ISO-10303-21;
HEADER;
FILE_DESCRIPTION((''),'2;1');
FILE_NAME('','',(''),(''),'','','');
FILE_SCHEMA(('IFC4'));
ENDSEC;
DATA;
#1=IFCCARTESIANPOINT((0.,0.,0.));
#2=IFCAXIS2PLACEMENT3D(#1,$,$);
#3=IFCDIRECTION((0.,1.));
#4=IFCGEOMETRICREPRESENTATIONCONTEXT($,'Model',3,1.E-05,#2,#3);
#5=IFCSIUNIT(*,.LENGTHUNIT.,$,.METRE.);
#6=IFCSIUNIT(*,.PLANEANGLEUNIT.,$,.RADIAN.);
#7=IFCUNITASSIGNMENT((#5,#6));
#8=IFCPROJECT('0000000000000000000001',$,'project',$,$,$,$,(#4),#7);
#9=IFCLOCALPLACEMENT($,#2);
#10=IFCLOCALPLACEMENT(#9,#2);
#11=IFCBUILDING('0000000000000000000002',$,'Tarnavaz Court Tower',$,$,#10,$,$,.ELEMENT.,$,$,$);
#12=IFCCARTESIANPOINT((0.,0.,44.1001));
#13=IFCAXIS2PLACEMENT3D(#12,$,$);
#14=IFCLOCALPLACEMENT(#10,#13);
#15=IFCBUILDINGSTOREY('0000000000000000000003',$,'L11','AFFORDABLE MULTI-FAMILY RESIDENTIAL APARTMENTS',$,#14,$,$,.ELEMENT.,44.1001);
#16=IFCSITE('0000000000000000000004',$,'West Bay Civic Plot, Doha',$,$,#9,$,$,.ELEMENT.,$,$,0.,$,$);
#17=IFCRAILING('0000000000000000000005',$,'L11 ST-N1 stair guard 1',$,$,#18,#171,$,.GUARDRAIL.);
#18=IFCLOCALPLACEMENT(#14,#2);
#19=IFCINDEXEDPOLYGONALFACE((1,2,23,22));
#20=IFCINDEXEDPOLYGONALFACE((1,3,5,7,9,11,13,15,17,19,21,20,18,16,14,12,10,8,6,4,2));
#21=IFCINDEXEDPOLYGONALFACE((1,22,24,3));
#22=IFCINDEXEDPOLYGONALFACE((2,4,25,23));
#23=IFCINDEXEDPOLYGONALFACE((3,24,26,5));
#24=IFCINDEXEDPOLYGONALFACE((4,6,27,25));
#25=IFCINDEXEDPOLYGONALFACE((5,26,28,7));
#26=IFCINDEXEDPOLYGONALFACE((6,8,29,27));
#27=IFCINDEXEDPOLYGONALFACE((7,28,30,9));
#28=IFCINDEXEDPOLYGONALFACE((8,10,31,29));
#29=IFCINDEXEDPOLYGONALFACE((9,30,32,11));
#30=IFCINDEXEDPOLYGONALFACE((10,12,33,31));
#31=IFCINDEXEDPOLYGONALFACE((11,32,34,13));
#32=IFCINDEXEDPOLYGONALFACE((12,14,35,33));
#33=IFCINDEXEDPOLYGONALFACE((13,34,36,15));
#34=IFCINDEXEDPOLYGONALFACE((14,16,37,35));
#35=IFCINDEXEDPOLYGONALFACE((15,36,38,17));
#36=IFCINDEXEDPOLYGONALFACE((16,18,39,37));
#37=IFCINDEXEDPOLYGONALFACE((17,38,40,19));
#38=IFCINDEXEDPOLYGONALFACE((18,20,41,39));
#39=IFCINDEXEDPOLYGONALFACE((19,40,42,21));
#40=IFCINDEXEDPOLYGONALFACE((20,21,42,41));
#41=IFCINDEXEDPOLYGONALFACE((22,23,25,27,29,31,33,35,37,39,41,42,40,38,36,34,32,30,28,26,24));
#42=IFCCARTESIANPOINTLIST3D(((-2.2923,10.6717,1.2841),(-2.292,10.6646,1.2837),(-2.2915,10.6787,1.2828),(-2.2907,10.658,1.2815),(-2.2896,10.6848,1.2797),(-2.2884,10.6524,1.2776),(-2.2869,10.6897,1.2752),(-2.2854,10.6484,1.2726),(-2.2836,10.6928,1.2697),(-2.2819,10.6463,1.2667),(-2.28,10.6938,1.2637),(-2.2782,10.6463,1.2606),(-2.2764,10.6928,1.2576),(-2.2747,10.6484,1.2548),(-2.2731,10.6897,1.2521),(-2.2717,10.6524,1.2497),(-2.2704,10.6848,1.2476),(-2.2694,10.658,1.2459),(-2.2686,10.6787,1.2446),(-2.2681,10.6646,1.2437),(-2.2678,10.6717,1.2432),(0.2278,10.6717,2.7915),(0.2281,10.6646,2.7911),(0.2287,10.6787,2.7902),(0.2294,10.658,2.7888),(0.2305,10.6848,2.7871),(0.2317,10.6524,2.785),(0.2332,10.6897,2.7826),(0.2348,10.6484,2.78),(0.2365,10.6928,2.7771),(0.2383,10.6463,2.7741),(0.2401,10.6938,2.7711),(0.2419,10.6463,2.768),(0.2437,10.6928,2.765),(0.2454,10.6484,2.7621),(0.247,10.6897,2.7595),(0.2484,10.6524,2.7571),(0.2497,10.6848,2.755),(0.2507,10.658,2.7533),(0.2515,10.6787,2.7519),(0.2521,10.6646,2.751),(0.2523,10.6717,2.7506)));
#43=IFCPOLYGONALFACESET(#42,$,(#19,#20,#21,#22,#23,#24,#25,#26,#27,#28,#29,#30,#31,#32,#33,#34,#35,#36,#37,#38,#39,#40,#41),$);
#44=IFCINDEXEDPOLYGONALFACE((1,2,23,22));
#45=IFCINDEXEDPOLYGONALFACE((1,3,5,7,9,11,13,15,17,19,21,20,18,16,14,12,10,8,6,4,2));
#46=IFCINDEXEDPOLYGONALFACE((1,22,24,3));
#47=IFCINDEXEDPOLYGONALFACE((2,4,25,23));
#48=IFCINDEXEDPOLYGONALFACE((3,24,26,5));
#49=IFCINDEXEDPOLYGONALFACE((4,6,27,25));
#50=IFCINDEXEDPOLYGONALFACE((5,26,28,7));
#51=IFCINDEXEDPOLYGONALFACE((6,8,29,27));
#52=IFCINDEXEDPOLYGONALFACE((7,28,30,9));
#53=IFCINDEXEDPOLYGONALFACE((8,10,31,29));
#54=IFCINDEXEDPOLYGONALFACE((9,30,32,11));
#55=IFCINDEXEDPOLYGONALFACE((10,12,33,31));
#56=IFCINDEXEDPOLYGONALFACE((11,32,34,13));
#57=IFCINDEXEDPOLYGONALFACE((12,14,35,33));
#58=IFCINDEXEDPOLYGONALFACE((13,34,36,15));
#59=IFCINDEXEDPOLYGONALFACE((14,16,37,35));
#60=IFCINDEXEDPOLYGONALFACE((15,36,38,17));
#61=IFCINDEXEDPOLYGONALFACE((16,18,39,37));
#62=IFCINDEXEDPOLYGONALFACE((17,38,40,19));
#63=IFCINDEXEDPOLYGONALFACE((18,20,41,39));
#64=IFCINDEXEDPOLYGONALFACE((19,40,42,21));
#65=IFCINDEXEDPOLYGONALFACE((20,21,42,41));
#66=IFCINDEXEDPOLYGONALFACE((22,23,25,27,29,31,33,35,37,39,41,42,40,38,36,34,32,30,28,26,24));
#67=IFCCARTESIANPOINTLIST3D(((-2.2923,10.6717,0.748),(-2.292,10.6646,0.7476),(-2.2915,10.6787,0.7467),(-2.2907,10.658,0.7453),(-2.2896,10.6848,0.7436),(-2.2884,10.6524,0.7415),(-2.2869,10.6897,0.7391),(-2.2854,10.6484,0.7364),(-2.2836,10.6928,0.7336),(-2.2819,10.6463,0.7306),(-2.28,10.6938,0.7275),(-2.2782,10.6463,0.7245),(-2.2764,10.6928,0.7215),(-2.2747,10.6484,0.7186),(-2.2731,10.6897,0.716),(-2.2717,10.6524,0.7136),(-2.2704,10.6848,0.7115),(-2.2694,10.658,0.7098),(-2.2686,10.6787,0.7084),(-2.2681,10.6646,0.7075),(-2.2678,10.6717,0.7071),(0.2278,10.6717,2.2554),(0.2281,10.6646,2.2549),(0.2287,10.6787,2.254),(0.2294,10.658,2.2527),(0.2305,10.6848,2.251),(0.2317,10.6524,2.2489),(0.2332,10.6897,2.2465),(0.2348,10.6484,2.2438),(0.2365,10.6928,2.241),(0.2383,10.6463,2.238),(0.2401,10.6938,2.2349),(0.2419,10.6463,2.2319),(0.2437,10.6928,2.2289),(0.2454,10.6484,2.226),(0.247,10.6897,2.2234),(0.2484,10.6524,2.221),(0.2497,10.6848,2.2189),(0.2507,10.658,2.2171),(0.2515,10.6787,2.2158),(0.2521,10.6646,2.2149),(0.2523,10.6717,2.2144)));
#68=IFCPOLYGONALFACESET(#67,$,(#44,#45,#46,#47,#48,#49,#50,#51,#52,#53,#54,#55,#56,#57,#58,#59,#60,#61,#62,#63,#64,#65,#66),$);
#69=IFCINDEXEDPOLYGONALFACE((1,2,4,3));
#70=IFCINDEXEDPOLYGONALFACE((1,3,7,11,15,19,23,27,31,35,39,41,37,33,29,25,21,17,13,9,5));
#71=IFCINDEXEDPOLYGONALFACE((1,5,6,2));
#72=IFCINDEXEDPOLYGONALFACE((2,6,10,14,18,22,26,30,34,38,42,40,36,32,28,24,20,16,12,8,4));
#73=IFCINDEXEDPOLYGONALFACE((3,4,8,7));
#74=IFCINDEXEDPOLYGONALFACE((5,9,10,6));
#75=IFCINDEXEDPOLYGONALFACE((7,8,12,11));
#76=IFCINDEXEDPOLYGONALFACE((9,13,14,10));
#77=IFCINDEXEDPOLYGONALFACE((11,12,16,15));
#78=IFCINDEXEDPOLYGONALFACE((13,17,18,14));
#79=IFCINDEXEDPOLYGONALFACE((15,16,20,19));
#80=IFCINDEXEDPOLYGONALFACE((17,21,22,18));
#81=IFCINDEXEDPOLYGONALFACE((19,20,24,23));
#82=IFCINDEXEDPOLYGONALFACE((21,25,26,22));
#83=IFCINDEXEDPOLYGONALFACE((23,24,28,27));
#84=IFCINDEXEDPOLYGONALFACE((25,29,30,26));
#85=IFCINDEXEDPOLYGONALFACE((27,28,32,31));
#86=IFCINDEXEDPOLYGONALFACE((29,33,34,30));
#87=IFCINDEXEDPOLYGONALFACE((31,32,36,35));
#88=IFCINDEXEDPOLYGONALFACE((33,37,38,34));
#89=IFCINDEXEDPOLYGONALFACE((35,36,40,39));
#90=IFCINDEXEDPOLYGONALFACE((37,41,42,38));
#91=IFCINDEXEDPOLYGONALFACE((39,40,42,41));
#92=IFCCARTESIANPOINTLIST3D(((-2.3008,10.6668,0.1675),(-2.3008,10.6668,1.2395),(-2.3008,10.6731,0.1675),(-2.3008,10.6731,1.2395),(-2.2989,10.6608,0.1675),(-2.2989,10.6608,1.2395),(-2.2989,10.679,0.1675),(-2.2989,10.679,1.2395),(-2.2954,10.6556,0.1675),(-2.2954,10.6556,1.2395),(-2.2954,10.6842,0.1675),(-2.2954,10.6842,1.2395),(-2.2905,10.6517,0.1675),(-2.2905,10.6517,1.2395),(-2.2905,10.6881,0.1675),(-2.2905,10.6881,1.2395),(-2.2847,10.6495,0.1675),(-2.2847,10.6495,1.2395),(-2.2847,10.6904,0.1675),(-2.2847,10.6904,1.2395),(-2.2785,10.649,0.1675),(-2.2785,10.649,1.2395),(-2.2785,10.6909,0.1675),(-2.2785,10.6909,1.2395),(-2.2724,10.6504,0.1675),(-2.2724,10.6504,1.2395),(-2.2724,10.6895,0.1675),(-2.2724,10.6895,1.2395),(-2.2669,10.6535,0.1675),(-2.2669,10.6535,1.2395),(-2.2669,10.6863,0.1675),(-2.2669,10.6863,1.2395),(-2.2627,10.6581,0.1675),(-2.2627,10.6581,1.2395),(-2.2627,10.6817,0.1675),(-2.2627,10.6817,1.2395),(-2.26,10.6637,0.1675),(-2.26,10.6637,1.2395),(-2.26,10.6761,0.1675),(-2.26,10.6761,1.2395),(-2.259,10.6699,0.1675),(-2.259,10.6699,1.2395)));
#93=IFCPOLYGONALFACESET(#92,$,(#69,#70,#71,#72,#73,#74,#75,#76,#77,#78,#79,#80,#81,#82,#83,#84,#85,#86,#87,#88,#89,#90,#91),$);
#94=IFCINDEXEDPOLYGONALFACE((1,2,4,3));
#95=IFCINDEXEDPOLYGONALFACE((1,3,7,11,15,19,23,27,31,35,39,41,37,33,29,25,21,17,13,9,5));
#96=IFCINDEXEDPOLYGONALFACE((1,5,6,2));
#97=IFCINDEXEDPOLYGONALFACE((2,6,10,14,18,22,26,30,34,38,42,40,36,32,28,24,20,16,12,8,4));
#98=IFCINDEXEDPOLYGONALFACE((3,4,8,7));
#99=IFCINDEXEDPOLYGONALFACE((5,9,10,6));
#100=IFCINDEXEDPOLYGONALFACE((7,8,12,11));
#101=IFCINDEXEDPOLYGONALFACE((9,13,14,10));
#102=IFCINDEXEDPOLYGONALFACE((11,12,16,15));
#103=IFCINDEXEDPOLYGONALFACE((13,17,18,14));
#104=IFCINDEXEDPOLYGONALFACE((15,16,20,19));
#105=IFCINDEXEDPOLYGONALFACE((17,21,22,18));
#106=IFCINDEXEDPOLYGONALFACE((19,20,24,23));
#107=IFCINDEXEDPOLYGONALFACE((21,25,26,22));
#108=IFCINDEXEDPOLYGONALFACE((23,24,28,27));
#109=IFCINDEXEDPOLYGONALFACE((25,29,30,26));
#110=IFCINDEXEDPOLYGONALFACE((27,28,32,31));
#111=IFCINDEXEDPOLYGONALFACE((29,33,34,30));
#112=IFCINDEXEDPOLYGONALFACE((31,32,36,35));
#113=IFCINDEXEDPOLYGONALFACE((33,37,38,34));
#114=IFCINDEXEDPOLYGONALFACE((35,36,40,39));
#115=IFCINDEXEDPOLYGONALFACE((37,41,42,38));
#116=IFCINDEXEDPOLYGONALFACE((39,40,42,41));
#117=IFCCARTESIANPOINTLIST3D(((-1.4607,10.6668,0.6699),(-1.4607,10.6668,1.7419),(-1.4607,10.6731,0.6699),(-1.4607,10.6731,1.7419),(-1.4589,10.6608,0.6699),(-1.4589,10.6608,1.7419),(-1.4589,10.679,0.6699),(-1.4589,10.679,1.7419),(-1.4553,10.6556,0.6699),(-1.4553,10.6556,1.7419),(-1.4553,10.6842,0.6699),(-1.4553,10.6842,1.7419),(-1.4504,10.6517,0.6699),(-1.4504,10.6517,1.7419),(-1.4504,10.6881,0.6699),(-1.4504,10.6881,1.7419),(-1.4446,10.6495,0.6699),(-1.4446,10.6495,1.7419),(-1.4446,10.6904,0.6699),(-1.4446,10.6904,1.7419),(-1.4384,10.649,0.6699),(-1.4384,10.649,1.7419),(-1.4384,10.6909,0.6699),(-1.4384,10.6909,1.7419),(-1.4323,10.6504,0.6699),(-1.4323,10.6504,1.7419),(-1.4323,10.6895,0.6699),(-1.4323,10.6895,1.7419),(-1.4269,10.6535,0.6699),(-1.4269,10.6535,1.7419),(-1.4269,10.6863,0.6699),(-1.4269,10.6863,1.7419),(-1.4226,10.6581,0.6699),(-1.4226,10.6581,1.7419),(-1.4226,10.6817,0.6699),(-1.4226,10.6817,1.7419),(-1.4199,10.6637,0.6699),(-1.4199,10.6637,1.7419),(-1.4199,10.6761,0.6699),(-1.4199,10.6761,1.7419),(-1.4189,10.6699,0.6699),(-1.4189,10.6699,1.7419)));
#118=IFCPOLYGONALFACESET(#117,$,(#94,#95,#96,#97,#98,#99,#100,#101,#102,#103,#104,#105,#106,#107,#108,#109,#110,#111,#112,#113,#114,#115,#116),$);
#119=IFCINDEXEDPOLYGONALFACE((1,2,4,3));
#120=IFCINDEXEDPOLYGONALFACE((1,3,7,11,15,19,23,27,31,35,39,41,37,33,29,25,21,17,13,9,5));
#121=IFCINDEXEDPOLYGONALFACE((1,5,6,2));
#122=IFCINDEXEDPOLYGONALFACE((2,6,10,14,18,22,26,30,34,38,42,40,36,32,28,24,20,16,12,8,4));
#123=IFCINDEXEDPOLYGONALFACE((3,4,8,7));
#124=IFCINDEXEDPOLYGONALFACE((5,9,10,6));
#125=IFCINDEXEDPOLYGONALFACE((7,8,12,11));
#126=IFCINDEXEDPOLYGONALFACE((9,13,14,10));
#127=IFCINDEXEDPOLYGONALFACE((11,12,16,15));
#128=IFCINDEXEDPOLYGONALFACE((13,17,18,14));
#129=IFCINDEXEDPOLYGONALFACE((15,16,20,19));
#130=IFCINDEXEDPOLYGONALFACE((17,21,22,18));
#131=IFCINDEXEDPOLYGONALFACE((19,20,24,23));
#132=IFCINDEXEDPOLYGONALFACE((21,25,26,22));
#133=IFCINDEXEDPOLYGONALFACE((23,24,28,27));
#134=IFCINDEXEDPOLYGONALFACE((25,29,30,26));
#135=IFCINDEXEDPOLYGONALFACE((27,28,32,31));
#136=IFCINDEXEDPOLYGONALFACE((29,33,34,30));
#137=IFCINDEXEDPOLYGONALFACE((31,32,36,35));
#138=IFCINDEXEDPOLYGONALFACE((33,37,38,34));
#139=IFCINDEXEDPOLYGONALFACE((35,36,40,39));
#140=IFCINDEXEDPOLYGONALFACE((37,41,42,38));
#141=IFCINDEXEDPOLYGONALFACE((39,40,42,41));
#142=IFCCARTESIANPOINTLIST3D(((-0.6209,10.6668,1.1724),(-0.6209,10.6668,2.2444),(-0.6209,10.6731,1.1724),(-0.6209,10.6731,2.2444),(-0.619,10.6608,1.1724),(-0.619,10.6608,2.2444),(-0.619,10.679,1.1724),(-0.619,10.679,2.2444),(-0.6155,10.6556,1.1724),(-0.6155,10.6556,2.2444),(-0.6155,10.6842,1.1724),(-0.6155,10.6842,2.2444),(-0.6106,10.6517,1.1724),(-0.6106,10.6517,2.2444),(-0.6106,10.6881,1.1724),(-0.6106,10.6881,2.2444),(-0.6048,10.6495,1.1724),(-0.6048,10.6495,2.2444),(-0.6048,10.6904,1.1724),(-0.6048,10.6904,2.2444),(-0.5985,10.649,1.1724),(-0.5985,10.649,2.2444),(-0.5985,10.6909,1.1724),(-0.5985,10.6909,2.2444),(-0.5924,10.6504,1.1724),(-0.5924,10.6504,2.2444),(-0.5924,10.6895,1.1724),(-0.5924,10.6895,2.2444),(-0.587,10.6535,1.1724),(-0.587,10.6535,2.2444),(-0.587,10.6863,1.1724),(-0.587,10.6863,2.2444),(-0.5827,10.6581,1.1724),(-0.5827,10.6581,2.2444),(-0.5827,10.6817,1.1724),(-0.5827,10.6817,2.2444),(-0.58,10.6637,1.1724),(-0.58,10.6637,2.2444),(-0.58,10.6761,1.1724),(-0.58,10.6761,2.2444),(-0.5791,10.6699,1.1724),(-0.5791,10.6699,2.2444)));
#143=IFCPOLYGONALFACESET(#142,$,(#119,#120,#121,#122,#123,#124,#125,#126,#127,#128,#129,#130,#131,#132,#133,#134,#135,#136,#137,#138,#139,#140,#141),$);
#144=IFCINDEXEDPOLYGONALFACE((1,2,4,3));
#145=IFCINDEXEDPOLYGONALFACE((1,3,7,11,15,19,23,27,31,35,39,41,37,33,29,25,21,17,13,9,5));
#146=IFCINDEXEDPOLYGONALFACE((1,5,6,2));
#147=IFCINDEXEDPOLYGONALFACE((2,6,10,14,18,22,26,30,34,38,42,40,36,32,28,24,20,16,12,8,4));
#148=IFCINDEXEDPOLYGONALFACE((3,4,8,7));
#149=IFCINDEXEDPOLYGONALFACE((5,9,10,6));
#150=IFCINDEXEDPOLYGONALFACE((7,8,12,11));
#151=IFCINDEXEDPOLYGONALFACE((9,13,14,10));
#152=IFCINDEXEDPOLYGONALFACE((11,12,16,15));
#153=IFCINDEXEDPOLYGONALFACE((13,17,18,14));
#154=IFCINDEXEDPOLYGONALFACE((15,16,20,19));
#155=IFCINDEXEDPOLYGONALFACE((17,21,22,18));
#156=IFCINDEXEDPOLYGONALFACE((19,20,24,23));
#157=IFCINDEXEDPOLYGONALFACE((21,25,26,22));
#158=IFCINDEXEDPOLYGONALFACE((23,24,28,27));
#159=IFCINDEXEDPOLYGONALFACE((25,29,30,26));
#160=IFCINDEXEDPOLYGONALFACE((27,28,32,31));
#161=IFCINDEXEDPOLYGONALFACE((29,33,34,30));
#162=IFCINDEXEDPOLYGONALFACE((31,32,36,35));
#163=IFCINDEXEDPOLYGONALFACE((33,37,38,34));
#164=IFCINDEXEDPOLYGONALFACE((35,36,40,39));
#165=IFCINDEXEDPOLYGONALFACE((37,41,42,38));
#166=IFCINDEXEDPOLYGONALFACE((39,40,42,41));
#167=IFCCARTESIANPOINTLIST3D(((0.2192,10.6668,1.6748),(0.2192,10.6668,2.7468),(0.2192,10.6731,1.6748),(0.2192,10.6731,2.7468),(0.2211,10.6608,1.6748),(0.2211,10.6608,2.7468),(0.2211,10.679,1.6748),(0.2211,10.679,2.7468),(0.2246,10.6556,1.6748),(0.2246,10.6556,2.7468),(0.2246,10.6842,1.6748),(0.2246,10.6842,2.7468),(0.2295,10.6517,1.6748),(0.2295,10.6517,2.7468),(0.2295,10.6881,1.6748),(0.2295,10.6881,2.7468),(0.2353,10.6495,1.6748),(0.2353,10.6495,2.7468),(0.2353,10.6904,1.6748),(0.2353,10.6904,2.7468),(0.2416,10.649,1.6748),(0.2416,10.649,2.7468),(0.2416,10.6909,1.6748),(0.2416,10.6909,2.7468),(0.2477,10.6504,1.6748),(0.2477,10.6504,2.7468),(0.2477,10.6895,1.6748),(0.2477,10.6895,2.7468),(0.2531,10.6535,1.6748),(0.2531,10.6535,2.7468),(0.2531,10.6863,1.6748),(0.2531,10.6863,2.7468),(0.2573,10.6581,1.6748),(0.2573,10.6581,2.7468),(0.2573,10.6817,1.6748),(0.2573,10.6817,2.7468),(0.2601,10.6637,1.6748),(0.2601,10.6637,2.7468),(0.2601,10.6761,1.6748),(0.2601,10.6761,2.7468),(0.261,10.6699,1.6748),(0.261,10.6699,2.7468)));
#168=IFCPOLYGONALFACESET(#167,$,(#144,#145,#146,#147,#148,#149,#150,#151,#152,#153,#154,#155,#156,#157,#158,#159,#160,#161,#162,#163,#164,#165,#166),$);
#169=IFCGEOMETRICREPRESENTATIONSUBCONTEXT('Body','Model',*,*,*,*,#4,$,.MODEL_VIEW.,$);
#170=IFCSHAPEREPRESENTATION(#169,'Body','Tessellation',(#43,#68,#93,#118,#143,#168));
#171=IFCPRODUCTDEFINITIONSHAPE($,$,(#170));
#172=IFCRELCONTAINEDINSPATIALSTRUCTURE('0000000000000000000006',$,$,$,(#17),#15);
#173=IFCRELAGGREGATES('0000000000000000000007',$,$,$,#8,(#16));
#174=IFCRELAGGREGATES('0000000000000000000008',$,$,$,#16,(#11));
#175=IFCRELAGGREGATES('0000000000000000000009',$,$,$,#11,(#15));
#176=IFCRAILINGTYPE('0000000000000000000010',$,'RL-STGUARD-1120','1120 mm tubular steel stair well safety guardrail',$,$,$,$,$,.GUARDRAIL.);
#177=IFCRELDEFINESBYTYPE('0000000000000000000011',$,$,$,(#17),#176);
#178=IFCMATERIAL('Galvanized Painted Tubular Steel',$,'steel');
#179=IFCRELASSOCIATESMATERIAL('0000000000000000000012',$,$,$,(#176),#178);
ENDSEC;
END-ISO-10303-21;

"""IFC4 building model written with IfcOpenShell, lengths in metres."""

from ifc_helpers import new_model, si_unit, direction, frame, origin, origin_2d, place, context, subcontext, project, spatial, circle, extrude, material, type_object, element, save


model = new_model("IFC4")

# Units and contexts
model_context = context("Model", 3, precision=1e-05, world=origin(), true_north=direction((0.0, 1.0)))
body_context = subcontext(model_context, "Body", "Model", "MODEL_VIEW")
ifc_project = project(units=[si_unit("LENGTHUNIT", "METRE"), si_unit("PLANEANGLEUNIT", "RADIAN")], contexts=[model_context])

# Site, building, storey
site_placement = place(None, origin())
site = spatial("IfcSite", under=ifc_project, at=site_placement, Name="West Bay Civic Plot, Doha", CompositionType="ELEMENT", RefElevation=0.0)
building_placement = place(site_placement, origin())
building = spatial("IfcBuilding", under=site, at=building_placement, Name="Tarnavaz Court Tower", CompositionType="ELEMENT")
storey_placement = place(building_placement, frame((0.0, 0.0, 44.1001)))
storey = spatial("IfcBuildingStorey", under=building, at=storey_placement, Name="L11", Description="AFFORDABLE MULTI-FAMILY RESIDENTIAL APARTMENTS", CompositionType="ELEMENT", Elevation=44.1001)

# Railing
ifc_material_1 = material(Name="Galvanized Painted Tubular Steel", Category="steel")
railing_type = type_object("IfcRailingType", Name="RL-STGUARD-1120", Description="1120 mm tubular steel stair well safety guardrail", PredefinedType="GUARDRAIL", material=ifc_material_1)
railing_1_placement = place(storey_placement, frame((-2.28, 10.6699, 0.1675)))
element("IfcRailing", 1, at=railing_1_placement, inside=storey, type_object=railing_type, Name="L11 ST-N1 stair guard 1", PredefinedType="GUARDRAIL", context=body_context, shape_type="SweptSolid", body=[
    extrude(circle(Radius=0.0239, at=origin_2d()), frame((0.0, 0.0, 1.0962), z_axis=(0.858196, 0.0, 0.513321), x_axis=(0.0, 1.0, 0.0)), (0.0, 0.0, 1.0), 2.9365),
    extrude(circle(Radius=0.0239, at=origin_2d()), frame((0.0, 0.0, 0.5601), z_axis=(0.858196, 0.0, 0.513321), x_axis=(0.0, 1.0, 0.0)), (0.0, 0.0, 1.0), 2.9365),
    extrude(circle(Radius=0.021, at=origin_2d()), origin(), (0.0, 0.0, 1.0), 1.072),
    extrude(circle(Radius=0.021, at=origin_2d()), frame((0.8401, 0.0, 0.5024)), (0.0, 0.0, 1.0), 1.072),
    extrude(circle(Radius=0.021, at=origin_2d()), frame((1.6799, 0.0, 1.0049)), (0.0, 0.0, 1.0), 1.072),
    extrude(circle(Radius=0.021, at=origin_2d()), frame((2.52, 0.0, 1.5073)), (0.0, 0.0, 1.0), 1.072),
])

save(model, "model.ifc")
